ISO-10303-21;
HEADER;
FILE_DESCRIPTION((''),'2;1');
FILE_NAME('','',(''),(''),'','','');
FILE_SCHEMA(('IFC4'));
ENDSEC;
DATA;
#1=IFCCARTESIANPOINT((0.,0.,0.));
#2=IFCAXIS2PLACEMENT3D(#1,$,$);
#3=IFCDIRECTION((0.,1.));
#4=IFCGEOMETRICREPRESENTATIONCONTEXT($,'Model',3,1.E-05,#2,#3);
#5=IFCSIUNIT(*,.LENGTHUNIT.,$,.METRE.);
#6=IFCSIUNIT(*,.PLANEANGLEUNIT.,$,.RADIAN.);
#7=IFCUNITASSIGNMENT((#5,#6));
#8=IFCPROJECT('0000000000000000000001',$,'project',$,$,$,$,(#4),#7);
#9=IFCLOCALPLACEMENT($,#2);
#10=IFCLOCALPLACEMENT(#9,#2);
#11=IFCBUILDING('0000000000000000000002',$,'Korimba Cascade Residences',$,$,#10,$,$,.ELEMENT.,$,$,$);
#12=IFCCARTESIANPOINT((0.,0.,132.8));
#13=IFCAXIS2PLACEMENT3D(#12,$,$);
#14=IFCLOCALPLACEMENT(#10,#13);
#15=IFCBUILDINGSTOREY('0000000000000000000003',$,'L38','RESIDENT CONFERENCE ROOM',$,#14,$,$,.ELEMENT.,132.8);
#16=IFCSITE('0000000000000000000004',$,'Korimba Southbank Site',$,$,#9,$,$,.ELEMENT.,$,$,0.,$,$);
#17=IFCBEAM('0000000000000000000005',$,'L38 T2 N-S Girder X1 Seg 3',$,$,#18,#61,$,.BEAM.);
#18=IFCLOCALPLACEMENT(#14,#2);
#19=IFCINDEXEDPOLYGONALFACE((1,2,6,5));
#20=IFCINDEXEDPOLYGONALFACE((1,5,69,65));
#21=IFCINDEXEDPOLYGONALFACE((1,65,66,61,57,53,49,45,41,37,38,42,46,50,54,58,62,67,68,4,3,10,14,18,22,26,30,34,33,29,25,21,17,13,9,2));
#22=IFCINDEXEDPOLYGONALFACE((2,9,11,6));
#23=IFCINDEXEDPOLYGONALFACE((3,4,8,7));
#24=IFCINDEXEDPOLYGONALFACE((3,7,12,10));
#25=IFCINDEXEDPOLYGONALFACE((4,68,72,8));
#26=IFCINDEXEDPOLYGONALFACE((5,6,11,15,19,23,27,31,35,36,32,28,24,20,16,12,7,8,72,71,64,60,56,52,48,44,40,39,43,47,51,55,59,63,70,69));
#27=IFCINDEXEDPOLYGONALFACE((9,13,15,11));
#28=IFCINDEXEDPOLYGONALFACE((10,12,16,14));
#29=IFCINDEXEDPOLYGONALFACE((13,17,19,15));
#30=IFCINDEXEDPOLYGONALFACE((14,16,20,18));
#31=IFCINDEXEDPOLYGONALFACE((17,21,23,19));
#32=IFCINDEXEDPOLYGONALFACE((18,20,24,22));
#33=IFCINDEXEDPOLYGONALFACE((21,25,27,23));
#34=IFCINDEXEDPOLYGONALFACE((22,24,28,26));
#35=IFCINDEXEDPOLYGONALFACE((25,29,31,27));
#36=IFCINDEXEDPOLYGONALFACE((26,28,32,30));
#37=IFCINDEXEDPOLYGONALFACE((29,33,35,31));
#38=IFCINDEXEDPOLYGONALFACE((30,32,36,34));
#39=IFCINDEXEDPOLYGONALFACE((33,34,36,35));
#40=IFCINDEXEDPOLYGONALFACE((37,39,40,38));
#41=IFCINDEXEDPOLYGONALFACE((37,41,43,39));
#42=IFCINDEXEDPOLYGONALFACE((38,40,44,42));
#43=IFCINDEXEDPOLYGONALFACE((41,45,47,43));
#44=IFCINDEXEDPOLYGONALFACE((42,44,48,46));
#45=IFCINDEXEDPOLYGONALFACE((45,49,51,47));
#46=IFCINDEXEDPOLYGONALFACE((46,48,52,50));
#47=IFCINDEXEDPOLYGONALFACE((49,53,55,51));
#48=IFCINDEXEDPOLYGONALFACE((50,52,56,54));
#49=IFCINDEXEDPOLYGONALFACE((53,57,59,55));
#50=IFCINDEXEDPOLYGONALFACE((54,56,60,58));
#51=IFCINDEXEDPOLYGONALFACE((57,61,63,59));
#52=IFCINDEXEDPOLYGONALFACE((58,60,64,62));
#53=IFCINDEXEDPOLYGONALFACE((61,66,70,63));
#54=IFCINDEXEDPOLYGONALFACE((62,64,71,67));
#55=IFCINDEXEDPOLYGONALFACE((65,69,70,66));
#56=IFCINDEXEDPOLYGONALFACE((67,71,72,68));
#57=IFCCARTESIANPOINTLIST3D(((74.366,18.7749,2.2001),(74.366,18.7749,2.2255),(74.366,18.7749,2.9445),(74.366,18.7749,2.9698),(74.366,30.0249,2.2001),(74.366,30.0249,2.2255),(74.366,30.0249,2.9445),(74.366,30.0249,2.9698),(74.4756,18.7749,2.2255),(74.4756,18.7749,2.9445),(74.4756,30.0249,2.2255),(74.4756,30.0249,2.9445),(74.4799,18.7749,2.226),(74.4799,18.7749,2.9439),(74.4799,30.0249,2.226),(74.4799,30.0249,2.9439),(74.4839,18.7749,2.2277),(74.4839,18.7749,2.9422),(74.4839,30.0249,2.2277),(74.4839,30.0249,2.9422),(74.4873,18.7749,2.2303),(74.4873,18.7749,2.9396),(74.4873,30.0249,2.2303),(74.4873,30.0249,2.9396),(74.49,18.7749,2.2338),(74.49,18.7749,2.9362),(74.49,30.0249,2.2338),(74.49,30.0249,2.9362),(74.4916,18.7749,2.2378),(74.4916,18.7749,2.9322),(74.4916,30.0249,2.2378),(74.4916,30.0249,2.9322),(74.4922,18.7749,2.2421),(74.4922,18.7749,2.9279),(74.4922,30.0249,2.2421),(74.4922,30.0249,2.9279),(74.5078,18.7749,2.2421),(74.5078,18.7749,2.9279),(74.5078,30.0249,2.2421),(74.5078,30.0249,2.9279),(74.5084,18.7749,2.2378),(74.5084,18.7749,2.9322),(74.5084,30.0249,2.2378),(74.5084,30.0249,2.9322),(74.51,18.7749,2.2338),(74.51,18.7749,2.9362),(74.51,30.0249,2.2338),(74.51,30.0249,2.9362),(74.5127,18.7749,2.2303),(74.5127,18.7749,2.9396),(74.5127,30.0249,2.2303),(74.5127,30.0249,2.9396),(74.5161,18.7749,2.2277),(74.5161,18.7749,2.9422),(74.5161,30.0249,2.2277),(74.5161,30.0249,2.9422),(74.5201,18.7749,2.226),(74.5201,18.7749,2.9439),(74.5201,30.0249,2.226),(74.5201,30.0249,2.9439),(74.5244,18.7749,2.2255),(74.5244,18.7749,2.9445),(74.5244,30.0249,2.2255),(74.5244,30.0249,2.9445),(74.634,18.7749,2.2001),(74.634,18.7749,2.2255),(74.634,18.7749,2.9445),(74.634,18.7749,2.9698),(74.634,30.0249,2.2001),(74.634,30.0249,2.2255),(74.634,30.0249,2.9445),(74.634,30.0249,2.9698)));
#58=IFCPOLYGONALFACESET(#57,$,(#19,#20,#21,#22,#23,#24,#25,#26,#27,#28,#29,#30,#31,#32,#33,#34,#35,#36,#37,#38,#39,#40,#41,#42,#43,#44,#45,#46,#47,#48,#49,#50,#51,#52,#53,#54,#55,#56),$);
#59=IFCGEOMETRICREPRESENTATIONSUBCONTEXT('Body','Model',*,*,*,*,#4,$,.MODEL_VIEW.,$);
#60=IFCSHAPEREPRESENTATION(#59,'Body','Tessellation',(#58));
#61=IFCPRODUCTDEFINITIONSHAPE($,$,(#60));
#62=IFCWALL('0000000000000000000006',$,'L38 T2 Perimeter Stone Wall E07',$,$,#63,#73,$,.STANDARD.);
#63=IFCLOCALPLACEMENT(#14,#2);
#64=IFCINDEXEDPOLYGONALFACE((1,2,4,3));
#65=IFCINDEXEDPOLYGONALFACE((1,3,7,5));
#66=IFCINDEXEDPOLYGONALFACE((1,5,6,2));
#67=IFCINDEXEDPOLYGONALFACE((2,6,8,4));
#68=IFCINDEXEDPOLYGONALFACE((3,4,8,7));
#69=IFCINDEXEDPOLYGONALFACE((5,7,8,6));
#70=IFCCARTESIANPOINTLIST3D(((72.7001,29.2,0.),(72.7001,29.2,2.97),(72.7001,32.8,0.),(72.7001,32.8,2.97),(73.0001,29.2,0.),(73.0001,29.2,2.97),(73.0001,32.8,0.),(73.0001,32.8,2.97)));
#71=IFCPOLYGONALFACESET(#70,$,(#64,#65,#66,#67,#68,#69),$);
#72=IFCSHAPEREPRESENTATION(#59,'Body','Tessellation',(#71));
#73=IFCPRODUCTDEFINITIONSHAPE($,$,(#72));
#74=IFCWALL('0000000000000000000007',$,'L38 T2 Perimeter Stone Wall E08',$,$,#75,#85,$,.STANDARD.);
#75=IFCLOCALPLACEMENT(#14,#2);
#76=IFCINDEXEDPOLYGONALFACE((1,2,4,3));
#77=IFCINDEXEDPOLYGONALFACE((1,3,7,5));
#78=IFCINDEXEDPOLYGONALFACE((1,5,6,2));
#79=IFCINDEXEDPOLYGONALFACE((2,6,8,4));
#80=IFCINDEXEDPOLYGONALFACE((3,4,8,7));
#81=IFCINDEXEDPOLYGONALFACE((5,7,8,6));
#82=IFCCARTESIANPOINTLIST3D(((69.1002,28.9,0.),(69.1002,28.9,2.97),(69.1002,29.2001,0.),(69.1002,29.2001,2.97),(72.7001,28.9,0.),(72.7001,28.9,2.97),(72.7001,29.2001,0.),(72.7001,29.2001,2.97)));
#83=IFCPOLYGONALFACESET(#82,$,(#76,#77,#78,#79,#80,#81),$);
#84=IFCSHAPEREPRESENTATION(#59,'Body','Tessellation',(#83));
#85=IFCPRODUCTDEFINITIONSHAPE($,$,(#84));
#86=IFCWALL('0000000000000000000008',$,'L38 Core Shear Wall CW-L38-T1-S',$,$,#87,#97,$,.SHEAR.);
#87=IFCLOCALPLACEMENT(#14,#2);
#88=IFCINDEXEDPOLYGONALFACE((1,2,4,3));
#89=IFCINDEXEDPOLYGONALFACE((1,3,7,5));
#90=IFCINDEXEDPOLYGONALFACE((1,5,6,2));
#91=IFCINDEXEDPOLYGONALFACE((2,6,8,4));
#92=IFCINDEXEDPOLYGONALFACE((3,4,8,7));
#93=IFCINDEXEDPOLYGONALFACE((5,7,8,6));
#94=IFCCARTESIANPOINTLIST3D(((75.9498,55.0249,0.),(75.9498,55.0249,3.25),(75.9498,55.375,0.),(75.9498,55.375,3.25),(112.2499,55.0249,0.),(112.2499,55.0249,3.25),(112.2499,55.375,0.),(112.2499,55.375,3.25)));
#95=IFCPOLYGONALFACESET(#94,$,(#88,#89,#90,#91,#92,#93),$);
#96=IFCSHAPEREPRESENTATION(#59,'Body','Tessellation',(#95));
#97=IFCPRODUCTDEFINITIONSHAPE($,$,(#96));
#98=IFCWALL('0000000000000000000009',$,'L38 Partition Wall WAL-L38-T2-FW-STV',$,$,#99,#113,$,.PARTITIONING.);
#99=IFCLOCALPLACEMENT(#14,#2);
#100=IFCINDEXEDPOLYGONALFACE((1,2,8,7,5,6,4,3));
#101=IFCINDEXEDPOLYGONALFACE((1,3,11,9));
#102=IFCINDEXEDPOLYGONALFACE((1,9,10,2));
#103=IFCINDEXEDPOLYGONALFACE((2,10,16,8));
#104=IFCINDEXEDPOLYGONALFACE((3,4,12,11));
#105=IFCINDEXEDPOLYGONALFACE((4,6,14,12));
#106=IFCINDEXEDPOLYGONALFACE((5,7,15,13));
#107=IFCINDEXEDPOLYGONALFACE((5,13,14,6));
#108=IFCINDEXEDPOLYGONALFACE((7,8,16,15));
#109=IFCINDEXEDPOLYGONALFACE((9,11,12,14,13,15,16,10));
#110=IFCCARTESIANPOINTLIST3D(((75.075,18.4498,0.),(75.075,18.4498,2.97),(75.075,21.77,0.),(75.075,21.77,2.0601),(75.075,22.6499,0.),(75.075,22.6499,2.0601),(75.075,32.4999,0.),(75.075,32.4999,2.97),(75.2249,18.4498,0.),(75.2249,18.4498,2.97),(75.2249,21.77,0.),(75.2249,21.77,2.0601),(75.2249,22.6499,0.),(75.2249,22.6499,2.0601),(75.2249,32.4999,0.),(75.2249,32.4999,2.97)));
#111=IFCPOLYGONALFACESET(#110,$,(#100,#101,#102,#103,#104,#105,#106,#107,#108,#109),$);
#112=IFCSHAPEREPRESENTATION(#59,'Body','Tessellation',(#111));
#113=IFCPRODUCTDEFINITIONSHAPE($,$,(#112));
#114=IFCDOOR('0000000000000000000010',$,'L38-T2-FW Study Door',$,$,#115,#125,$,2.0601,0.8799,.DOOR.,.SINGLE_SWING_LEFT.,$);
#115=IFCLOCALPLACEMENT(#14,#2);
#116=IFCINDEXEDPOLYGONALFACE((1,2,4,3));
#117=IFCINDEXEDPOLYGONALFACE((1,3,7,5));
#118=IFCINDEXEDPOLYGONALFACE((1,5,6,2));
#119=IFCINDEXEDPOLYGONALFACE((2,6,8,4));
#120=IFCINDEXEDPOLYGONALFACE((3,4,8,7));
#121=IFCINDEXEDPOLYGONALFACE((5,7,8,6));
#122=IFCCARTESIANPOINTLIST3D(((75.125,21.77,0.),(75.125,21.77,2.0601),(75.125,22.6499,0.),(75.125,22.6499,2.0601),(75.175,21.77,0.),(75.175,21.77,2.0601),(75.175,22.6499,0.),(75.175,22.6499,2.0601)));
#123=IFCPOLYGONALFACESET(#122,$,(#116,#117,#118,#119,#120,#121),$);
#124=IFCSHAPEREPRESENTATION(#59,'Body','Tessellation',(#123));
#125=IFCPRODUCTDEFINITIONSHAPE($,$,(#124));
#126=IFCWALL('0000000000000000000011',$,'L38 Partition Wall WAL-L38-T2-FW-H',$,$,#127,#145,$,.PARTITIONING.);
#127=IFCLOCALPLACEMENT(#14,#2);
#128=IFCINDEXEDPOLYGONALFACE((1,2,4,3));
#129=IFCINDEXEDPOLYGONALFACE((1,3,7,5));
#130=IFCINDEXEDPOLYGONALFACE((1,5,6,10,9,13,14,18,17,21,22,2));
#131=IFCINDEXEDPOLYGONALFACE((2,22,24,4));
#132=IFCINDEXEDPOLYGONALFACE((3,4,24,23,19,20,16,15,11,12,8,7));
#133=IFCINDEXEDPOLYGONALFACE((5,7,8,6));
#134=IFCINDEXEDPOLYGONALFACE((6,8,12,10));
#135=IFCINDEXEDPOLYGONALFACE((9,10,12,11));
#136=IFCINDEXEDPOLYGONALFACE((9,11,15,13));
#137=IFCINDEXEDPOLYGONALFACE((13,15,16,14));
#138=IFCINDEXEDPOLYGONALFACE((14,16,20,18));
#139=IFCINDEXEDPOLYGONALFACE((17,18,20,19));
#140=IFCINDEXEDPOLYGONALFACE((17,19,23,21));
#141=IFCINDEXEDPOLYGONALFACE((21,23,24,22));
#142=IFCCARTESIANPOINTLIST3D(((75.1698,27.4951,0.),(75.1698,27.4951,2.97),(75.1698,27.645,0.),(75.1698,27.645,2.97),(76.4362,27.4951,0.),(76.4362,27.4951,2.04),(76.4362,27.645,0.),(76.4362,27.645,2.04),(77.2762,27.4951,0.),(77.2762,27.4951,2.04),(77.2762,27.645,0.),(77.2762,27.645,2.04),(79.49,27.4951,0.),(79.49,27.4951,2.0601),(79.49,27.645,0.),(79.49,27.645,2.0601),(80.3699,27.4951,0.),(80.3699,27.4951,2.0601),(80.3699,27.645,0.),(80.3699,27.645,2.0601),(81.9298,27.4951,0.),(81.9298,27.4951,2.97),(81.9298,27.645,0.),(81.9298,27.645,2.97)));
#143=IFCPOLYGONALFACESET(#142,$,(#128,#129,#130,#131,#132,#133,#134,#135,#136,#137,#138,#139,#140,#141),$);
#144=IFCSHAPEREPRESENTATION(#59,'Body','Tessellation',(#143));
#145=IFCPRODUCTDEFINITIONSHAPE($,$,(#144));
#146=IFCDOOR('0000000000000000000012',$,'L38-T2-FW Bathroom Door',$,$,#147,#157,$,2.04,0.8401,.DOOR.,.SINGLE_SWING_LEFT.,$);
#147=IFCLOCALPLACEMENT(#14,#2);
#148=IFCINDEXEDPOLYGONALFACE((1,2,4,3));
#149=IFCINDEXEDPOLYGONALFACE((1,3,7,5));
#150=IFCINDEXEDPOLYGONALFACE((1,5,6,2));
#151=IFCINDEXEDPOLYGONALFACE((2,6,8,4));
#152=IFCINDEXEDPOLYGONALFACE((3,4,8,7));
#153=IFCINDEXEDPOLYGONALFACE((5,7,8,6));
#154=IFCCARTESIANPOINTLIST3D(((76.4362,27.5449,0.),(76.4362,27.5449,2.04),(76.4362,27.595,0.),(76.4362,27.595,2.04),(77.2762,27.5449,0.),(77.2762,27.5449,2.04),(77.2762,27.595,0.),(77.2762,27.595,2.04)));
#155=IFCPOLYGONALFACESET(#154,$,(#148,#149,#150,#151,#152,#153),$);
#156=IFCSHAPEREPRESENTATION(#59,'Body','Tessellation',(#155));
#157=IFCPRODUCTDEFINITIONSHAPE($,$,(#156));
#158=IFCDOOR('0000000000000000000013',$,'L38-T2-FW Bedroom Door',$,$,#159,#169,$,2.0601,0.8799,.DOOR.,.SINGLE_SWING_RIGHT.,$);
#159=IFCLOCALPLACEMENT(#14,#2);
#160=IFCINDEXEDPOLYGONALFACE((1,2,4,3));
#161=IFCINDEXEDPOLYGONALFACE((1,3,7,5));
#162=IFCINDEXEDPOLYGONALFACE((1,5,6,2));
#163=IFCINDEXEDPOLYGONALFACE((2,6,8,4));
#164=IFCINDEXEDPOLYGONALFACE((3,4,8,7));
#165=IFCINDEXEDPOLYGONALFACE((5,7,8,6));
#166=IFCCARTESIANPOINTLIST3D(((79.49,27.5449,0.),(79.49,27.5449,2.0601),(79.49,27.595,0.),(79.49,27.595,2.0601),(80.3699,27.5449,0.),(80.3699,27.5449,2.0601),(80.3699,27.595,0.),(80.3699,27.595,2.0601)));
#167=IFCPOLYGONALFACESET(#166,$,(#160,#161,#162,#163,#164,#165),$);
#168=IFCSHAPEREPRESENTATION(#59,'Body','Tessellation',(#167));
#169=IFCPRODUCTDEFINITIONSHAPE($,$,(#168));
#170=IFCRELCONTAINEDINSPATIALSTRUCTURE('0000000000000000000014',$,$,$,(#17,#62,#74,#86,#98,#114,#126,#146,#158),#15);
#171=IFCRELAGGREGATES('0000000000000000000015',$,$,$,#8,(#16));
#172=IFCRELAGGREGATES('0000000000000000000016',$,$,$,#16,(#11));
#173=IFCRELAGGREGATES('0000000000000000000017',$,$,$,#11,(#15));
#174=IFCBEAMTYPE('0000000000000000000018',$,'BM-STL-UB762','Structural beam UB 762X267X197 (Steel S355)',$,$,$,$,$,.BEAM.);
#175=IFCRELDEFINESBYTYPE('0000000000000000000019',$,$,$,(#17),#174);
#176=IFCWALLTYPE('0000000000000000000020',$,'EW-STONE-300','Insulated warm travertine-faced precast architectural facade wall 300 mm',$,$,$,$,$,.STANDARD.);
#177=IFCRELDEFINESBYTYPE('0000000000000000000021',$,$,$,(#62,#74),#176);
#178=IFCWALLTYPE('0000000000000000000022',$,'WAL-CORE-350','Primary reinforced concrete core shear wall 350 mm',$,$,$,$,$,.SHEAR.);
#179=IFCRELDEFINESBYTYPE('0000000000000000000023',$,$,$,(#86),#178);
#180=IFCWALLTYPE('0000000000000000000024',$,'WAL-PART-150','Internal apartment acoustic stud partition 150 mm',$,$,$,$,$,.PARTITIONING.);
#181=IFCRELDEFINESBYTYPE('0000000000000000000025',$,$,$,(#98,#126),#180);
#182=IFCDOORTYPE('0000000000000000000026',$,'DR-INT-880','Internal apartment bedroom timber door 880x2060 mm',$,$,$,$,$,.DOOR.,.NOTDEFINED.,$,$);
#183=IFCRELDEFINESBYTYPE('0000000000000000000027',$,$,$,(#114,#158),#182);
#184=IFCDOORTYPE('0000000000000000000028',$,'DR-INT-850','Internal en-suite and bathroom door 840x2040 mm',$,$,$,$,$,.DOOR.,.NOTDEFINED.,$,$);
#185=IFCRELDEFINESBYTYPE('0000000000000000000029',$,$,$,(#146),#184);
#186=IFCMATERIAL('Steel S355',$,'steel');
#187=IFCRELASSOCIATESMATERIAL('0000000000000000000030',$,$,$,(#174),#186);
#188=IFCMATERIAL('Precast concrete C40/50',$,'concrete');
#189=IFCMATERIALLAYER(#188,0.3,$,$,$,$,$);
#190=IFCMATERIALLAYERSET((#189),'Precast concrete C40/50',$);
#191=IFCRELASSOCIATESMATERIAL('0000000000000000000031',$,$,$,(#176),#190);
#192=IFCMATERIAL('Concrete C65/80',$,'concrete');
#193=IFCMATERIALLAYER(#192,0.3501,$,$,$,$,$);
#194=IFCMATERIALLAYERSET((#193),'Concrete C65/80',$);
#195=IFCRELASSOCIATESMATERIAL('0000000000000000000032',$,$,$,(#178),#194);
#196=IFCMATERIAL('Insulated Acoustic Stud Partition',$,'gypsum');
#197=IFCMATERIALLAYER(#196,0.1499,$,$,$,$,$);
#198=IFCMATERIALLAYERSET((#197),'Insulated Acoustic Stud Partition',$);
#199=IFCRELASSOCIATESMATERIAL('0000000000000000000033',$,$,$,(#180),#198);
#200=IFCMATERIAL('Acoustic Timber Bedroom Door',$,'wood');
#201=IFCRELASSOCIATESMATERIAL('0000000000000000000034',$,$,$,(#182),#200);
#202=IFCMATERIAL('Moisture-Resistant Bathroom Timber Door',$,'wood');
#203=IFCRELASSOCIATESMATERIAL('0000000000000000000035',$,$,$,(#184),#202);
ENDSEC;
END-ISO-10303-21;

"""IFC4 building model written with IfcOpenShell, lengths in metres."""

from ifc_helpers import new_model, si_unit, direction, frame, frame_2d, origin, origin_2d, place, context, subcontext, project, spatial, rectangle, i_section, extrude, material, layer, layer_set, material_profile, profile_set, type_object, element, fill, save


model = new_model("IFC4")

# Units and contexts
model_context = context("Model", 3, precision=1e-05, world=origin(), true_north=direction((0.0, 1.0)))
body_context = subcontext(model_context, "Body", "Model", "MODEL_VIEW")
ifc_project = project(units=[si_unit("LENGTHUNIT", "METRE"), si_unit("PLANEANGLEUNIT", "RADIAN")], contexts=[model_context])

# Site, building, storey
site_placement = place(None, origin())
site = spatial("IfcSite", under=ifc_project, at=site_placement, Name="Korimba Southbank Site", CompositionType="ELEMENT", RefElevation=0.0)
building_placement = place(site_placement, origin())
building = spatial("IfcBuilding", under=site, at=building_placement, Name="Korimba Cascade Residences", CompositionType="ELEMENT")
storey_placement = place(building_placement, frame((0.0, 0.0, 132.8)))
storey = spatial("IfcBuildingStorey", under=building, at=storey_placement, Name="L38", Description="RESIDENT CONFERENCE ROOM", CompositionType="ELEMENT", Elevation=132.8)

# Shared definitions
ifc_material_1 = material(Name="Concrete C65/80", Category="concrete")

# Beam
ifc_material_2 = material(Name="Steel S355", Category="steel")
ifc_material_profile_1 = material_profile(ifc_material_2, i_section(OverallWidth=0.2681, OverallDepth=0.7698, WebThickness=0.0156, FlangeThickness=0.0254, FilletRadius=0.0166, at=origin_2d()), Name="Steel S355")
ifc_profile_set_1 = profile_set([ifc_material_profile_1], Name="Steel S355")
beam_type_1 = type_object("IfcBeamType", Name="BM-STL-UB762", Description="Structural beam UB 762X267X197 (Steel S355)", PredefinedType="BEAM", material=ifc_profile_set_1)
beam_1_placement = place(storey_placement, frame((74.5, 18.7749, 2.585), z_axis=(0.0, 1.0, 0.0), x_axis=(-1.0, 0.0, 0.0)))
element("IfcBeam", 1, at=beam_1_placement, inside=storey, type_object=beam_type_1, Name="L38 T2 N-S Girder X1 Seg 3", PredefinedType="BEAM", context=body_context, shape_type="SweptSolid", body=[
    extrude(i_section(OverallWidth=0.2681, OverallDepth=0.7698, WebThickness=0.0156, FlangeThickness=0.0254, FilletRadius=0.0166, at=origin_2d()), origin(), (0.0, 0.0, 1.0), 11.25),
])

# Walls
ifc_material_3 = material(Name="Precast concrete C40/50", Category="concrete")
ifc_layer_1 = layer(ifc_material_3, 0.3)
ifc_layer_set_1 = layer_set([ifc_layer_1], Name="Precast concrete C40/50")
wall_type_1 = type_object("IfcWallType", Name="EW-STONE-300", Description="Insulated warm travertine-faced precast architectural facade wall 300 mm", PredefinedType="STANDARD", material=ifc_layer_set_1)
wall_1_placement = place(storey_placement, frame((72.8501, 32.8, 0.0), z_axis=(0.0, 0.0, 1.0), x_axis=(0.0, -1.0, 0.0)))
element("IfcWall", 2, at=wall_1_placement, inside=storey, type_object=wall_type_1, Name="L38 T2 Perimeter Stone Wall E07", PredefinedType="STANDARD", context=body_context, shape_type="SweptSolid", body=[
    extrude(rectangle(XDim=3.6001, YDim=0.3, at=frame_2d((1.8, 0.0))), origin(), (0.0, 0.0, 1.0), 2.97),
])
wall_2_placement = place(storey_placement, frame((72.7, 29.05, 0.0), z_axis=(0.0, 0.0, 1.0), x_axis=(-1.0, 0.0, 0.0)))
element("IfcWall", 3, at=wall_2_placement, inside=storey, type_object=wall_type_1, Name="L38 T2 Perimeter Stone Wall E08", PredefinedType="STANDARD", context=body_context, shape_type="SweptSolid", body=[
    extrude(rectangle(XDim=3.5999, YDim=0.3, at=frame_2d((1.7998, 0.0))), origin(), (0.0, 0.0, 1.0), 2.97),
])
ifc_layer_2 = layer(ifc_material_1, 0.3501)
ifc_layer_set_2 = layer_set([ifc_layer_2], Name="Concrete C65/80")
wall_type_2 = type_object("IfcWallType", Name="WAL-CORE-350", Description="Primary reinforced concrete core shear wall 350 mm", PredefinedType="SHEAR", material=ifc_layer_set_2)
wall_3_placement = place(storey_placement, frame((75.95, 55.2, 0.0), z_axis=(0.0, 0.0, 1.0), x_axis=(1.0, 0.0, 0.0)))
element("IfcWall", 4, at=wall_3_placement, inside=storey, type_object=wall_type_2, Name="L38 Core Shear Wall CW-L38-T1-S", PredefinedType="SHEAR", context=body_context, shape_type="SweptSolid", body=[
    extrude(rectangle(XDim=36.3, YDim=0.3501, at=frame_2d((18.1499, 0.0))), origin(), (0.0, 0.0, 1.0), 3.25),
])

# Wall, opening, door
ifc_material_4 = material(Name="Insulated Acoustic Stud Partition", Category="gypsum")
ifc_layer_3 = layer(ifc_material_4, 0.1499)
ifc_layer_set_3 = layer_set([ifc_layer_3], Name="Insulated Acoustic Stud Partition")
wall_type_3 = type_object("IfcWallType", Name="WAL-PART-150", Description="Internal apartment acoustic stud partition 150 mm", PredefinedType="PARTITIONING", material=ifc_layer_set_3)
wall_4_placement = place(storey_placement, frame((75.1499, 18.45, 0.0), z_axis=(0.0, 0.0, 1.0), x_axis=(0.0, 1.0, 0.0)))
wall_4 = element("IfcWall", 5, at=wall_4_placement, inside=storey, type_object=wall_type_3, Name="L38 Partition Wall WAL-L38-T2-FW-STV", PredefinedType="PARTITIONING", context=body_context, shape_type="SweptSolid", body=[
    extrude(rectangle(XDim=14.05, YDim=0.1499, at=frame_2d((7.0249, 0.0))), origin(), (0.0, 0.0, 1.0), 2.97),
])
opening_1_placement = place(wall_4_placement, frame((3.3201, 0.0, 0.0)))
opening_1 = element("IfcOpeningElement", 6, at=opening_1_placement, cuts=wall_4, PredefinedType="OPENING", context=body_context, shape_type="SweptSolid", body=[
    extrude(rectangle(XDim=0.8799, YDim=2.0601, at=frame_2d((0.4399, 1.03))), frame((0.0, 0.085, 0.0), z_axis=(0.0, -1.0, 0.0), x_axis=(1.0, 0.0, 0.0)), (0.0, 0.0, 1.0), 0.1699),
])
ifc_material_5 = material(Name="Acoustic Timber Bedroom Door", Category="wood")
door_type_1 = type_object("IfcDoorType", Name="DR-INT-880", Description="Internal apartment bedroom timber door 880x2060 mm", OperationType="NOTDEFINED", PredefinedType="DOOR", material=ifc_material_5)
door_1_placement = place(opening_1_placement, origin())
door_1 = element("IfcDoor", 7, at=door_1_placement, inside=storey, type_object=door_type_1, Name="L38-T2-FW Study Door", OperationType="SINGLE_SWING_LEFT", OverallHeight=2.0601, OverallWidth=0.8799, PredefinedType="DOOR", context=body_context, shape_type="SweptSolid", body=[
    extrude(rectangle(XDim=0.8799, YDim=2.0601, at=frame_2d((0.4399, 1.03))), frame((0.0, 0.0249, 0.0), z_axis=(0.0, -1.0, 0.0), x_axis=(1.0, 0.0, 0.0)), (0.0, 0.0, 1.0), 0.05),
])
fill(opening_1, door_1)

# Wall, openings, doors
wall_5_placement = place(storey_placement, frame((75.1699, 27.5701, 0.0), z_axis=(0.0, 0.0, 1.0), x_axis=(1.0, 0.0, 0.0)))
wall_5 = element("IfcWall", 8, at=wall_5_placement, inside=storey, type_object=wall_type_3, Name="L38 Partition Wall WAL-L38-T2-FW-H", PredefinedType="PARTITIONING", context=body_context, shape_type="SweptSolid", body=[
    extrude(rectangle(XDim=6.76, YDim=0.1499, at=frame_2d((3.3799, 0.0))), origin(), (0.0, 0.0, 1.0), 2.97),
])
opening_2_placement = place(wall_5_placement, frame((1.2664, 0.0, 0.0)))
opening_2 = element("IfcOpeningElement", 9, at=opening_2_placement, cuts=wall_5, PredefinedType="OPENING", context=body_context, shape_type="SweptSolid", body=[
    extrude(rectangle(XDim=0.8401, YDim=2.04, at=frame_2d((0.4199, 1.02))), frame((0.0, 0.085, 0.0), z_axis=(0.0, -1.0, 0.0), x_axis=(1.0, 0.0, 0.0)), (0.0, 0.0, 1.0), 0.1699),
])
opening_3_placement = place(wall_5_placement, frame((4.3201, 0.0, 0.0)))
opening_3 = element("IfcOpeningElement", 10, at=opening_3_placement, cuts=wall_5, PredefinedType="OPENING", context=body_context, shape_type="SweptSolid", body=[
    extrude(rectangle(XDim=0.8799, YDim=2.0601, at=frame_2d((0.4399, 1.03))), frame((0.0, 0.085, 0.0), z_axis=(0.0, -1.0, 0.0), x_axis=(1.0, 0.0, 0.0)), (0.0, 0.0, 1.0), 0.1699),
])
ifc_material_6 = material(Name="Moisture-Resistant Bathroom Timber Door", Category="wood")
door_type_2 = type_object("IfcDoorType", Name="DR-INT-850", Description="Internal en-suite and bathroom door 840x2040 mm", OperationType="NOTDEFINED", PredefinedType="DOOR", material=ifc_material_6)
door_2_placement = place(opening_2_placement, origin())
door_2 = element("IfcDoor", 11, at=door_2_placement, inside=storey, type_object=door_type_2, Name="L38-T2-FW Bathroom Door", OperationType="SINGLE_SWING_LEFT", OverallHeight=2.04, OverallWidth=0.8401, PredefinedType="DOOR", context=body_context, shape_type="SweptSolid", body=[
    extrude(rectangle(XDim=0.8401, YDim=2.04, at=frame_2d((0.4199, 1.02))), frame((0.0, 0.0249, 0.0), z_axis=(0.0, -1.0, 0.0), x_axis=(1.0, 0.0, 0.0)), (0.0, 0.0, 1.0), 0.05),
])
fill(opening_2, door_2)
door_3_placement = place(opening_3_placement, origin())
door_3 = element("IfcDoor", 12, at=door_3_placement, inside=storey, type_object=door_type_1, Name="L38-T2-FW Bedroom Door", OperationType="SINGLE_SWING_RIGHT", OverallHeight=2.0601, OverallWidth=0.8799, PredefinedType="DOOR", context=body_context, shape_type="SweptSolid", body=[
    extrude(rectangle(XDim=0.8799, YDim=2.0601, at=frame_2d((0.4399, 1.03))), frame((0.0, 0.0249, 0.0), z_axis=(0.0, -1.0, 0.0), x_axis=(1.0, 0.0, 0.0)), (0.0, 0.0, 1.0), 0.05),
])
fill(opening_3, door_3)

save(model, "model.ifc")
